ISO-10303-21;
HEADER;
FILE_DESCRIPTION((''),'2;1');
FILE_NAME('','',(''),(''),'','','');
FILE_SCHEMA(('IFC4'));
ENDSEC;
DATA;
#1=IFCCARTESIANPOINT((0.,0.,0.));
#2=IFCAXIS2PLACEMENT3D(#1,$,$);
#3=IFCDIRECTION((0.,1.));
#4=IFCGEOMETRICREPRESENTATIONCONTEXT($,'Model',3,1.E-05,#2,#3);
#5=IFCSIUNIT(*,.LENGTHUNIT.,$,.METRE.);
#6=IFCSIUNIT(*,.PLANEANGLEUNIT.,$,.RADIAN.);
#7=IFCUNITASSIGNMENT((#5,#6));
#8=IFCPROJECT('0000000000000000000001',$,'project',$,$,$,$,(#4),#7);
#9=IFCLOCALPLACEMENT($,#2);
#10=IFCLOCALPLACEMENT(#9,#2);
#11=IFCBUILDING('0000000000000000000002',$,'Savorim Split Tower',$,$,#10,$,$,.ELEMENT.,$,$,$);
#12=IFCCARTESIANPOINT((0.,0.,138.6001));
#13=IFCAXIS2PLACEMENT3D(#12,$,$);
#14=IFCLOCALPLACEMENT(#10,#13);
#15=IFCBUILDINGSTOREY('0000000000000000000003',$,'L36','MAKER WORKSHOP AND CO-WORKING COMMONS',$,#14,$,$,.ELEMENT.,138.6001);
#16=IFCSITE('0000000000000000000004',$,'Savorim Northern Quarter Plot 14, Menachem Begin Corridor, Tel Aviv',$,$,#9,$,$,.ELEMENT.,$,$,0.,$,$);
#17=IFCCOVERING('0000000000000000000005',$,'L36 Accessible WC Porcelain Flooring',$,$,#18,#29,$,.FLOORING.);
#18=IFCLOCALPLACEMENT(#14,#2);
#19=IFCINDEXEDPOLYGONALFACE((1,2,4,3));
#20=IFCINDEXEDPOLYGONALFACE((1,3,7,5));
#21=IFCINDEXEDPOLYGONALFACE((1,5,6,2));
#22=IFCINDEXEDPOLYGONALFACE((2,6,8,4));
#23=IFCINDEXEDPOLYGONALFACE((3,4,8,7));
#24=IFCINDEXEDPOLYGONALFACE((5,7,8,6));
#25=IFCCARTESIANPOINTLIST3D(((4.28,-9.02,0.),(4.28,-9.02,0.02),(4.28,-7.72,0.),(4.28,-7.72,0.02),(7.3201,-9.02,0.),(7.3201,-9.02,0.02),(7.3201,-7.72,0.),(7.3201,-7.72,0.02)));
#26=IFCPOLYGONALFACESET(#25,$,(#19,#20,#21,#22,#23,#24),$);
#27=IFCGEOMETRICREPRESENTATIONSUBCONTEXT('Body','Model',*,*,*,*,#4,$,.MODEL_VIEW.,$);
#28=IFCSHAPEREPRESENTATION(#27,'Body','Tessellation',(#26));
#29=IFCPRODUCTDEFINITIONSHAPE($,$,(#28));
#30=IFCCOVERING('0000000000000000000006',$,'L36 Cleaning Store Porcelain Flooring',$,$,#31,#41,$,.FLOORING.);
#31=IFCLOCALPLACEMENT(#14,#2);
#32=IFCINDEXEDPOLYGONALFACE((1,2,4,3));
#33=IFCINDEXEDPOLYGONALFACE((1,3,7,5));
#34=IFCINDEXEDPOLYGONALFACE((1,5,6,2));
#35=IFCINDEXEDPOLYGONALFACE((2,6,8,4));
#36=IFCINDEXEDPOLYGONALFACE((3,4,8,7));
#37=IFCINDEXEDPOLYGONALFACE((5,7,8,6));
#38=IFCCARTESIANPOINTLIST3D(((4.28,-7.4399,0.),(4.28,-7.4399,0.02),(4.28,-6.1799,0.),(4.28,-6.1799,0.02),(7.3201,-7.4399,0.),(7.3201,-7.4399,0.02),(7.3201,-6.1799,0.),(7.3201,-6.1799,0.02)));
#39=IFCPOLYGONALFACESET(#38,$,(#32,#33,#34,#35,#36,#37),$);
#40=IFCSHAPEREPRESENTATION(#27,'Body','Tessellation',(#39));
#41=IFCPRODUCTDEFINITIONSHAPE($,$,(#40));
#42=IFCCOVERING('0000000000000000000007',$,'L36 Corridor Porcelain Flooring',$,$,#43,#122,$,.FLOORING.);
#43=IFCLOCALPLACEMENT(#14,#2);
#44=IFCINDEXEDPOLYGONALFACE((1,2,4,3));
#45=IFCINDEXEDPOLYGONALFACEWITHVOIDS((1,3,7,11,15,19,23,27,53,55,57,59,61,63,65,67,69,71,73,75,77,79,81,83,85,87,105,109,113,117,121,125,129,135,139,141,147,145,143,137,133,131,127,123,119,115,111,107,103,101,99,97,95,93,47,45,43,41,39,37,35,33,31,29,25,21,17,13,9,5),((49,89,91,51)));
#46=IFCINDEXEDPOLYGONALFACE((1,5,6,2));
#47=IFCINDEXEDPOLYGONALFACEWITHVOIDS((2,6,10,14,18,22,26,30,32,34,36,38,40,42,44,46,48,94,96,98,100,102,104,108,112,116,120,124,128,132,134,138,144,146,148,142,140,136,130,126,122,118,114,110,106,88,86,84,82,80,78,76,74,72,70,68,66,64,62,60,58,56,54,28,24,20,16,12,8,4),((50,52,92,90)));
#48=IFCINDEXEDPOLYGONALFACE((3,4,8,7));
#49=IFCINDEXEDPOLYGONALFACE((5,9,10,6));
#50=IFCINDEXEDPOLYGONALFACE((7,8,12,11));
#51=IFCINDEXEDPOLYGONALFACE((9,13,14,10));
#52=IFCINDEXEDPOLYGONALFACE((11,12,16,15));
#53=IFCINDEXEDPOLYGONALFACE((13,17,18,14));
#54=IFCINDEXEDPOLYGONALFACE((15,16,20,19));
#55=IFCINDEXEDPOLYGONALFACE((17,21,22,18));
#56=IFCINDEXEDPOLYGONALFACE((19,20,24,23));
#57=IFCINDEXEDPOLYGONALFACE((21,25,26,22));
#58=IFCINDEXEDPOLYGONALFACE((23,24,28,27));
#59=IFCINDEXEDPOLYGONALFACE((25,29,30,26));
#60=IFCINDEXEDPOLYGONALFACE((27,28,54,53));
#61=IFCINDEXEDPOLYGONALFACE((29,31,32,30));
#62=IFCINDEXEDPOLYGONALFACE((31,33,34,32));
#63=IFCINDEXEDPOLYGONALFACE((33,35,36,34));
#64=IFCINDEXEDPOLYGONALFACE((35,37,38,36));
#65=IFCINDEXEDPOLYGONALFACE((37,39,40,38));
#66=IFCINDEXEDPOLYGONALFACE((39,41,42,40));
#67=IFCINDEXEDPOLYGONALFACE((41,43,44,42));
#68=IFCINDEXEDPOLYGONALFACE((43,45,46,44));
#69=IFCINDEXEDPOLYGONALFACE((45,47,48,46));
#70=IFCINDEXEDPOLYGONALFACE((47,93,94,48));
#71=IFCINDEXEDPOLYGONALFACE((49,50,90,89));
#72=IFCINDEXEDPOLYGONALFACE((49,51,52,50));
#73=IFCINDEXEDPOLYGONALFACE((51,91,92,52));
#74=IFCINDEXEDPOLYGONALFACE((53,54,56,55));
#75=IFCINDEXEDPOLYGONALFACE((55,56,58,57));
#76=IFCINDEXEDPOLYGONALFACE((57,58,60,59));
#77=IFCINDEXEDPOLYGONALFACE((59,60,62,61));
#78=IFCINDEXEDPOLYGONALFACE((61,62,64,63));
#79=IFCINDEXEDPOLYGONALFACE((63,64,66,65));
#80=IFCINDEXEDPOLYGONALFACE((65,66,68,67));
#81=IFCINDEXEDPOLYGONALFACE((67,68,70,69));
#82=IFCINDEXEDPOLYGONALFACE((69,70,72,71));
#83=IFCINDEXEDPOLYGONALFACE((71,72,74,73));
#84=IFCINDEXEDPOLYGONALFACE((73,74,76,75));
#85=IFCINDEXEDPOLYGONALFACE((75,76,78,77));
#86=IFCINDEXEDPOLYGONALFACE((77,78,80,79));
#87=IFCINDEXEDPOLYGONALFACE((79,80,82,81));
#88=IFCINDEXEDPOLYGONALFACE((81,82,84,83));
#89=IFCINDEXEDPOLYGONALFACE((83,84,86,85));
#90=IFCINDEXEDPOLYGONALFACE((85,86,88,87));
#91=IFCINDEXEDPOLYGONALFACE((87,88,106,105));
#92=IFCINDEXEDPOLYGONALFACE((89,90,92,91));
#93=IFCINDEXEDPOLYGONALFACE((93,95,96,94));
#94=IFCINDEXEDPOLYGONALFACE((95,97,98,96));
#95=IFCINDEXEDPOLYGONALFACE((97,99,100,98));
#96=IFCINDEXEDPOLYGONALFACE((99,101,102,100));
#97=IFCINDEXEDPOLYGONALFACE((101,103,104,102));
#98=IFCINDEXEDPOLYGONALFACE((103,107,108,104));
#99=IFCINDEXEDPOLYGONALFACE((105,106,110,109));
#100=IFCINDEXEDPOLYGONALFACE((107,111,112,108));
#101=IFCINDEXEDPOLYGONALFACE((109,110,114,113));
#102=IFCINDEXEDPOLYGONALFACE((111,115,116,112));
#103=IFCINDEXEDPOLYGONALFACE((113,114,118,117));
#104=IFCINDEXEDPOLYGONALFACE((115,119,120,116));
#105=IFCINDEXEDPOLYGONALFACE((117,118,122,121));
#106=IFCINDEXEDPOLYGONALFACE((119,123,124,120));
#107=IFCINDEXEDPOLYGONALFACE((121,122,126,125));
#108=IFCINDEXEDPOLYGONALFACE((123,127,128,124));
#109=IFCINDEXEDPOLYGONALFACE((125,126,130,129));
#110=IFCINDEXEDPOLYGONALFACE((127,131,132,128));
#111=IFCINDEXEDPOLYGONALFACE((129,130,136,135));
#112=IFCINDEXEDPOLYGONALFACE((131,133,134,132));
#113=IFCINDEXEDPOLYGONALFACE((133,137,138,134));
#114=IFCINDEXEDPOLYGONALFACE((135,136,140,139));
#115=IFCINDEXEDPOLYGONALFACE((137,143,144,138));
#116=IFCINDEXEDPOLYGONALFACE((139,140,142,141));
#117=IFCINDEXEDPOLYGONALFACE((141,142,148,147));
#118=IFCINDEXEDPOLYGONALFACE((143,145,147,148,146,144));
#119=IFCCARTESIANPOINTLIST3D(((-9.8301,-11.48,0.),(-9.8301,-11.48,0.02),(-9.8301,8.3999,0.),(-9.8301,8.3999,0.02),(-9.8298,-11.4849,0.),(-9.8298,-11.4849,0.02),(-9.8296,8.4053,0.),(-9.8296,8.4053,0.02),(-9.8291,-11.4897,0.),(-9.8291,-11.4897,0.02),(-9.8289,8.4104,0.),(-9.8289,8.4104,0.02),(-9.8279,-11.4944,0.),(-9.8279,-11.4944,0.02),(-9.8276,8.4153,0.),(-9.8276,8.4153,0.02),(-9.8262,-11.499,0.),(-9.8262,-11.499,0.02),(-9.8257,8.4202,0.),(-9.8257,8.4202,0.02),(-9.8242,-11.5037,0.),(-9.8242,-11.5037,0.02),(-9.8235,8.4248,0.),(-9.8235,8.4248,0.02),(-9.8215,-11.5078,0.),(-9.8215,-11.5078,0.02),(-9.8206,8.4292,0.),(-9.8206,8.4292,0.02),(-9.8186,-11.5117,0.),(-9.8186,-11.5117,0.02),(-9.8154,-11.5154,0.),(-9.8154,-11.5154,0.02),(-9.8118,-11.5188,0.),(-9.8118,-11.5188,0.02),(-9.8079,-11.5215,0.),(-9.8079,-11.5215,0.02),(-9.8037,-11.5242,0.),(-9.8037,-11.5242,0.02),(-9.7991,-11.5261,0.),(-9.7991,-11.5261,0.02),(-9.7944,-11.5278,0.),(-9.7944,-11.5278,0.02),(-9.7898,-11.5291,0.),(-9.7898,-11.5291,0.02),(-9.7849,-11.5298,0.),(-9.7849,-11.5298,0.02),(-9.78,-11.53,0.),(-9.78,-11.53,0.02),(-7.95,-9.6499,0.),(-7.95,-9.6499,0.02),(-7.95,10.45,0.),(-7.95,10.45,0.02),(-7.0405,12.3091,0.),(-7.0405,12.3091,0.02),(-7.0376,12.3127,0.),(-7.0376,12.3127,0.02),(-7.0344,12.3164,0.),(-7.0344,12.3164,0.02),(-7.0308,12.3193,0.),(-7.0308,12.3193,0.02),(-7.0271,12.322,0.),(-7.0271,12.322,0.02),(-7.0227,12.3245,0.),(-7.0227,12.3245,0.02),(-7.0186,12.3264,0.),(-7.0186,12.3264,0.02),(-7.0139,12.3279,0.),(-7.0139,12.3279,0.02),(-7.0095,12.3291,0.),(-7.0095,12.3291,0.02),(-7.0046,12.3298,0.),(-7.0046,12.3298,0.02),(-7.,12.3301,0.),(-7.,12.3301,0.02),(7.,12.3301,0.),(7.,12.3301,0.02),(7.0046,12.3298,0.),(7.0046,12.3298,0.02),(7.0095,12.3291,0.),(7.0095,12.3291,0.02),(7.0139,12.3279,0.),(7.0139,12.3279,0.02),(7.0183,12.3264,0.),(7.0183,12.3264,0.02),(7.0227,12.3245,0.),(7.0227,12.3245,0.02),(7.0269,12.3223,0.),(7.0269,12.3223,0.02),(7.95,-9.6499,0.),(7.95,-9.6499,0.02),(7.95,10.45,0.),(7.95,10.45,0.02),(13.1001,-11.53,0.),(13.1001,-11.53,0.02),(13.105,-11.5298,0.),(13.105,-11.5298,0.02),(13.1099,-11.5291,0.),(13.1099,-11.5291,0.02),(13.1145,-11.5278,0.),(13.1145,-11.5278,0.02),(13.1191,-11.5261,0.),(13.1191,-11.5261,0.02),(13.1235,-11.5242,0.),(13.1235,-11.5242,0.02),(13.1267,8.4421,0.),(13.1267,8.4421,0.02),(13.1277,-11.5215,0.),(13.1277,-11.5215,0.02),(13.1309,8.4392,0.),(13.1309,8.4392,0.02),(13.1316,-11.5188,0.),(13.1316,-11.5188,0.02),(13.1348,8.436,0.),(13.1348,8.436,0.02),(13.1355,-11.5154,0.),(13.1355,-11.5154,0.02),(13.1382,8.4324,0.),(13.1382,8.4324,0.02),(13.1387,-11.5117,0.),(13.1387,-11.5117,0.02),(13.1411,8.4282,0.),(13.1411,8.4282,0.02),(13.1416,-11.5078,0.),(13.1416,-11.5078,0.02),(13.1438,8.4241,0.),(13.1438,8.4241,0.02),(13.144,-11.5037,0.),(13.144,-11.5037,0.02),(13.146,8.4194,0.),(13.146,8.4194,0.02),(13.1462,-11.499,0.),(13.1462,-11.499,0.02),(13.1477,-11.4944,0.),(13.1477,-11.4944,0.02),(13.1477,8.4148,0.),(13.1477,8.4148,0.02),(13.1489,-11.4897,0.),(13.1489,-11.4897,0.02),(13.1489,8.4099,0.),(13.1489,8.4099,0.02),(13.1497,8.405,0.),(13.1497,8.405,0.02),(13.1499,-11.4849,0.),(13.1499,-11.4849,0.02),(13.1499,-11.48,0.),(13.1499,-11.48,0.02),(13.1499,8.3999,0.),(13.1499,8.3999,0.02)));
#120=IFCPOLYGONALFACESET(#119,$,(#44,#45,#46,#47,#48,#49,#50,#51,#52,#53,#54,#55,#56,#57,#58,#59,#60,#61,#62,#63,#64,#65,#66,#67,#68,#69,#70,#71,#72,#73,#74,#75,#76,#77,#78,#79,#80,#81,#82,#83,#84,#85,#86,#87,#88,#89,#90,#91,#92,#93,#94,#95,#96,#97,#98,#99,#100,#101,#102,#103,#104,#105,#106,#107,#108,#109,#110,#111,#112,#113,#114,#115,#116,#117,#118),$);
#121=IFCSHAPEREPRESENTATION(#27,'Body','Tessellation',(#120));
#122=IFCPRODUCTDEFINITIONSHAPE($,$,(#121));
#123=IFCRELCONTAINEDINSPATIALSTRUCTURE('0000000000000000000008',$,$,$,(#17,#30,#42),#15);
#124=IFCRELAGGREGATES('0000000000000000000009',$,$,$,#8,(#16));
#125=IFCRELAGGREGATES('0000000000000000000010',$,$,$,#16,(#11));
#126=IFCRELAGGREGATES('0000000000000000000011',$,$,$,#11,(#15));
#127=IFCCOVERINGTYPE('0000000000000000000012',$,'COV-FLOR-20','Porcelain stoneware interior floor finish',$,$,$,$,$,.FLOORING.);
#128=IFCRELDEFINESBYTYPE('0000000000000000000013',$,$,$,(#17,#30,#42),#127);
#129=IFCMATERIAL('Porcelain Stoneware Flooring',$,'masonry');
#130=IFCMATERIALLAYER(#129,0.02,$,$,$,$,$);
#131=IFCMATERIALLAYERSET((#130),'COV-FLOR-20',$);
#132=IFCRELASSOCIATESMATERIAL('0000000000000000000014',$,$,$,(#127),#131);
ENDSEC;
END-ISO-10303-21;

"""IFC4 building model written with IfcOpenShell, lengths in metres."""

from ifc_helpers import new_model, si_unit, direction, frame, origin, place, context, subcontext, project, spatial, polyline, outline, extrude, material, layer, layer_set, type_object, element, save


model = new_model("IFC4")

# Units and contexts
model_context = context("Model", 3, precision=1e-05, world=origin(), true_north=direction((0.0, 1.0)))
body_context = subcontext(model_context, "Body", "Model", "MODEL_VIEW")
ifc_project = project(units=[si_unit("LENGTHUNIT", "METRE"), si_unit("PLANEANGLEUNIT", "RADIAN")], contexts=[model_context])

# Site, building, storey
site_placement = place(None, origin())
site = spatial("IfcSite", under=ifc_project, at=site_placement, Name="Savorim Northern Quarter Plot 14, Menachem Begin Corridor, Tel Aviv", CompositionType="ELEMENT", RefElevation=0.0)
building_placement = place(site_placement, origin())
building = spatial("IfcBuilding", under=site, at=building_placement, Name="Savorim Split Tower", CompositionType="ELEMENT")
storey_placement = place(building_placement, frame((0.0, 0.0, 138.6001)))
storey = spatial("IfcBuildingStorey", under=building, at=storey_placement, Name="L36", Description="MAKER WORKSHOP AND CO-WORKING COMMONS", CompositionType="ELEMENT", Elevation=138.6001)

# Coverings
ifc_material_1 = material(Name="Porcelain Stoneware Flooring", Category="masonry")
ifc_layer_1 = layer(ifc_material_1, 0.02)
ifc_layer_set_1 = layer_set([ifc_layer_1], Name="COV-FLOR-20")
covering_type_1 = type_object("IfcCoveringType", Name="COV-FLOR-20", Description="Porcelain stoneware interior floor finish", PredefinedType="FLOORING", material=ifc_layer_set_1)
covering_1_placement = place(storey_placement, origin())
element("IfcCovering", 1, at=covering_1_placement, inside=storey, type_object=covering_type_1, Name="L36 Accessible WC Porcelain Flooring", PredefinedType="FLOORING", context=body_context, shape_type="SweptSolid", body=[
    extrude(outline(polyline([(4.28, -7.72), (4.28, -9.02), (7.3201, -9.02), (7.3201, -7.72), (4.28, -7.72)])), origin(), (0.0, 0.0, 1.0), 0.02),
])
covering_2_placement = place(storey_placement, origin())
element("IfcCovering", 2, at=covering_2_placement, inside=storey, type_object=covering_type_1, Name="L36 Cleaning Store Porcelain Flooring", PredefinedType="FLOORING", context=body_context, shape_type="SweptSolid", body=[
    extrude(outline(polyline([(4.28, -6.1799), (4.28, -7.4399), (7.3201, -7.4399), (7.3201, -6.1799), (4.28, -6.1799)])), origin(), (0.0, 0.0, 1.0), 0.02),
])
covering_3_placement = place(storey_placement, origin())
element("IfcCovering", 3, at=covering_3_placement, inside=storey, type_object=covering_type_1, Name="L36 Corridor Porcelain Flooring", PredefinedType="FLOORING", context=body_context, shape_type="SweptSolid", body=[
    extrude(outline(polyline([(7.0095, 12.3291), (7.0046, 12.3298), (7.0, 12.3301), (-7.0, 12.3301), (-7.0046, 12.3298), (-7.0095, 12.3291), (-7.0139, 12.3279), (-7.0186, 12.3264), (-7.0227, 12.3245), (-7.0271, 12.322), (-7.0308, 12.3193), (-7.0344, 12.3164), (-7.0376, 12.3127), (-7.0405, 12.3091), (-9.8206, 8.4292), (-9.8235, 8.4248), (-9.8257, 8.4202), (-9.8276, 8.4153), (-9.8289, 8.4104), (-9.8296, 8.4053), (-9.8301, 8.3999), (-9.8301, -11.48), (-9.8298, -11.4849), (-9.8291, -11.4897), (-9.8279, -11.4944), (-9.8262, -11.499), (-9.8242, -11.5037), (-9.8215, -11.5078), (-9.8186, -11.5117), (-9.8154, -11.5154), (-9.8118, -11.5188), (-9.8079, -11.5215), (-9.8037, -11.5242), (-9.7991, -11.5261), (-9.7944, -11.5278), (-9.7898, -11.5291), (-9.7849, -11.5298), (-9.78, -11.53), (13.1001, -11.53), (13.105, -11.5298), (13.1099, -11.5291), (13.1145, -11.5278), (13.1191, -11.5261), (13.1235, -11.5242), (13.1277, -11.5215), (13.1316, -11.5188), (13.1355, -11.5154), (13.1387, -11.5117), (13.1416, -11.5078), (13.144, -11.5037), (13.1462, -11.499), (13.1477, -11.4944), (13.1489, -11.4897), (13.1499, -11.4849), (13.1499, -11.48), (13.1499, 8.3999), (13.1497, 8.405), (13.1489, 8.4099), (13.1477, 8.4148), (13.146, 8.4194), (13.1438, 8.4241), (13.1411, 8.4282), (13.1382, 8.4324), (13.1348, 8.436), (13.1309, 8.4392), (13.1267, 8.4421), (7.0269, 12.3223), (7.0227, 12.3245), (7.0183, 12.3264), (7.0139, 12.3279), (7.0095, 12.3291)]), holes=[polyline([(-7.95, 10.45), (-7.95, -9.6499), (7.95, -9.6499), (7.95, 10.45), (-7.95, 10.45)])]), origin(), (0.0, 0.0, 1.0), 0.02),
])

save(model, "model.ifc")
